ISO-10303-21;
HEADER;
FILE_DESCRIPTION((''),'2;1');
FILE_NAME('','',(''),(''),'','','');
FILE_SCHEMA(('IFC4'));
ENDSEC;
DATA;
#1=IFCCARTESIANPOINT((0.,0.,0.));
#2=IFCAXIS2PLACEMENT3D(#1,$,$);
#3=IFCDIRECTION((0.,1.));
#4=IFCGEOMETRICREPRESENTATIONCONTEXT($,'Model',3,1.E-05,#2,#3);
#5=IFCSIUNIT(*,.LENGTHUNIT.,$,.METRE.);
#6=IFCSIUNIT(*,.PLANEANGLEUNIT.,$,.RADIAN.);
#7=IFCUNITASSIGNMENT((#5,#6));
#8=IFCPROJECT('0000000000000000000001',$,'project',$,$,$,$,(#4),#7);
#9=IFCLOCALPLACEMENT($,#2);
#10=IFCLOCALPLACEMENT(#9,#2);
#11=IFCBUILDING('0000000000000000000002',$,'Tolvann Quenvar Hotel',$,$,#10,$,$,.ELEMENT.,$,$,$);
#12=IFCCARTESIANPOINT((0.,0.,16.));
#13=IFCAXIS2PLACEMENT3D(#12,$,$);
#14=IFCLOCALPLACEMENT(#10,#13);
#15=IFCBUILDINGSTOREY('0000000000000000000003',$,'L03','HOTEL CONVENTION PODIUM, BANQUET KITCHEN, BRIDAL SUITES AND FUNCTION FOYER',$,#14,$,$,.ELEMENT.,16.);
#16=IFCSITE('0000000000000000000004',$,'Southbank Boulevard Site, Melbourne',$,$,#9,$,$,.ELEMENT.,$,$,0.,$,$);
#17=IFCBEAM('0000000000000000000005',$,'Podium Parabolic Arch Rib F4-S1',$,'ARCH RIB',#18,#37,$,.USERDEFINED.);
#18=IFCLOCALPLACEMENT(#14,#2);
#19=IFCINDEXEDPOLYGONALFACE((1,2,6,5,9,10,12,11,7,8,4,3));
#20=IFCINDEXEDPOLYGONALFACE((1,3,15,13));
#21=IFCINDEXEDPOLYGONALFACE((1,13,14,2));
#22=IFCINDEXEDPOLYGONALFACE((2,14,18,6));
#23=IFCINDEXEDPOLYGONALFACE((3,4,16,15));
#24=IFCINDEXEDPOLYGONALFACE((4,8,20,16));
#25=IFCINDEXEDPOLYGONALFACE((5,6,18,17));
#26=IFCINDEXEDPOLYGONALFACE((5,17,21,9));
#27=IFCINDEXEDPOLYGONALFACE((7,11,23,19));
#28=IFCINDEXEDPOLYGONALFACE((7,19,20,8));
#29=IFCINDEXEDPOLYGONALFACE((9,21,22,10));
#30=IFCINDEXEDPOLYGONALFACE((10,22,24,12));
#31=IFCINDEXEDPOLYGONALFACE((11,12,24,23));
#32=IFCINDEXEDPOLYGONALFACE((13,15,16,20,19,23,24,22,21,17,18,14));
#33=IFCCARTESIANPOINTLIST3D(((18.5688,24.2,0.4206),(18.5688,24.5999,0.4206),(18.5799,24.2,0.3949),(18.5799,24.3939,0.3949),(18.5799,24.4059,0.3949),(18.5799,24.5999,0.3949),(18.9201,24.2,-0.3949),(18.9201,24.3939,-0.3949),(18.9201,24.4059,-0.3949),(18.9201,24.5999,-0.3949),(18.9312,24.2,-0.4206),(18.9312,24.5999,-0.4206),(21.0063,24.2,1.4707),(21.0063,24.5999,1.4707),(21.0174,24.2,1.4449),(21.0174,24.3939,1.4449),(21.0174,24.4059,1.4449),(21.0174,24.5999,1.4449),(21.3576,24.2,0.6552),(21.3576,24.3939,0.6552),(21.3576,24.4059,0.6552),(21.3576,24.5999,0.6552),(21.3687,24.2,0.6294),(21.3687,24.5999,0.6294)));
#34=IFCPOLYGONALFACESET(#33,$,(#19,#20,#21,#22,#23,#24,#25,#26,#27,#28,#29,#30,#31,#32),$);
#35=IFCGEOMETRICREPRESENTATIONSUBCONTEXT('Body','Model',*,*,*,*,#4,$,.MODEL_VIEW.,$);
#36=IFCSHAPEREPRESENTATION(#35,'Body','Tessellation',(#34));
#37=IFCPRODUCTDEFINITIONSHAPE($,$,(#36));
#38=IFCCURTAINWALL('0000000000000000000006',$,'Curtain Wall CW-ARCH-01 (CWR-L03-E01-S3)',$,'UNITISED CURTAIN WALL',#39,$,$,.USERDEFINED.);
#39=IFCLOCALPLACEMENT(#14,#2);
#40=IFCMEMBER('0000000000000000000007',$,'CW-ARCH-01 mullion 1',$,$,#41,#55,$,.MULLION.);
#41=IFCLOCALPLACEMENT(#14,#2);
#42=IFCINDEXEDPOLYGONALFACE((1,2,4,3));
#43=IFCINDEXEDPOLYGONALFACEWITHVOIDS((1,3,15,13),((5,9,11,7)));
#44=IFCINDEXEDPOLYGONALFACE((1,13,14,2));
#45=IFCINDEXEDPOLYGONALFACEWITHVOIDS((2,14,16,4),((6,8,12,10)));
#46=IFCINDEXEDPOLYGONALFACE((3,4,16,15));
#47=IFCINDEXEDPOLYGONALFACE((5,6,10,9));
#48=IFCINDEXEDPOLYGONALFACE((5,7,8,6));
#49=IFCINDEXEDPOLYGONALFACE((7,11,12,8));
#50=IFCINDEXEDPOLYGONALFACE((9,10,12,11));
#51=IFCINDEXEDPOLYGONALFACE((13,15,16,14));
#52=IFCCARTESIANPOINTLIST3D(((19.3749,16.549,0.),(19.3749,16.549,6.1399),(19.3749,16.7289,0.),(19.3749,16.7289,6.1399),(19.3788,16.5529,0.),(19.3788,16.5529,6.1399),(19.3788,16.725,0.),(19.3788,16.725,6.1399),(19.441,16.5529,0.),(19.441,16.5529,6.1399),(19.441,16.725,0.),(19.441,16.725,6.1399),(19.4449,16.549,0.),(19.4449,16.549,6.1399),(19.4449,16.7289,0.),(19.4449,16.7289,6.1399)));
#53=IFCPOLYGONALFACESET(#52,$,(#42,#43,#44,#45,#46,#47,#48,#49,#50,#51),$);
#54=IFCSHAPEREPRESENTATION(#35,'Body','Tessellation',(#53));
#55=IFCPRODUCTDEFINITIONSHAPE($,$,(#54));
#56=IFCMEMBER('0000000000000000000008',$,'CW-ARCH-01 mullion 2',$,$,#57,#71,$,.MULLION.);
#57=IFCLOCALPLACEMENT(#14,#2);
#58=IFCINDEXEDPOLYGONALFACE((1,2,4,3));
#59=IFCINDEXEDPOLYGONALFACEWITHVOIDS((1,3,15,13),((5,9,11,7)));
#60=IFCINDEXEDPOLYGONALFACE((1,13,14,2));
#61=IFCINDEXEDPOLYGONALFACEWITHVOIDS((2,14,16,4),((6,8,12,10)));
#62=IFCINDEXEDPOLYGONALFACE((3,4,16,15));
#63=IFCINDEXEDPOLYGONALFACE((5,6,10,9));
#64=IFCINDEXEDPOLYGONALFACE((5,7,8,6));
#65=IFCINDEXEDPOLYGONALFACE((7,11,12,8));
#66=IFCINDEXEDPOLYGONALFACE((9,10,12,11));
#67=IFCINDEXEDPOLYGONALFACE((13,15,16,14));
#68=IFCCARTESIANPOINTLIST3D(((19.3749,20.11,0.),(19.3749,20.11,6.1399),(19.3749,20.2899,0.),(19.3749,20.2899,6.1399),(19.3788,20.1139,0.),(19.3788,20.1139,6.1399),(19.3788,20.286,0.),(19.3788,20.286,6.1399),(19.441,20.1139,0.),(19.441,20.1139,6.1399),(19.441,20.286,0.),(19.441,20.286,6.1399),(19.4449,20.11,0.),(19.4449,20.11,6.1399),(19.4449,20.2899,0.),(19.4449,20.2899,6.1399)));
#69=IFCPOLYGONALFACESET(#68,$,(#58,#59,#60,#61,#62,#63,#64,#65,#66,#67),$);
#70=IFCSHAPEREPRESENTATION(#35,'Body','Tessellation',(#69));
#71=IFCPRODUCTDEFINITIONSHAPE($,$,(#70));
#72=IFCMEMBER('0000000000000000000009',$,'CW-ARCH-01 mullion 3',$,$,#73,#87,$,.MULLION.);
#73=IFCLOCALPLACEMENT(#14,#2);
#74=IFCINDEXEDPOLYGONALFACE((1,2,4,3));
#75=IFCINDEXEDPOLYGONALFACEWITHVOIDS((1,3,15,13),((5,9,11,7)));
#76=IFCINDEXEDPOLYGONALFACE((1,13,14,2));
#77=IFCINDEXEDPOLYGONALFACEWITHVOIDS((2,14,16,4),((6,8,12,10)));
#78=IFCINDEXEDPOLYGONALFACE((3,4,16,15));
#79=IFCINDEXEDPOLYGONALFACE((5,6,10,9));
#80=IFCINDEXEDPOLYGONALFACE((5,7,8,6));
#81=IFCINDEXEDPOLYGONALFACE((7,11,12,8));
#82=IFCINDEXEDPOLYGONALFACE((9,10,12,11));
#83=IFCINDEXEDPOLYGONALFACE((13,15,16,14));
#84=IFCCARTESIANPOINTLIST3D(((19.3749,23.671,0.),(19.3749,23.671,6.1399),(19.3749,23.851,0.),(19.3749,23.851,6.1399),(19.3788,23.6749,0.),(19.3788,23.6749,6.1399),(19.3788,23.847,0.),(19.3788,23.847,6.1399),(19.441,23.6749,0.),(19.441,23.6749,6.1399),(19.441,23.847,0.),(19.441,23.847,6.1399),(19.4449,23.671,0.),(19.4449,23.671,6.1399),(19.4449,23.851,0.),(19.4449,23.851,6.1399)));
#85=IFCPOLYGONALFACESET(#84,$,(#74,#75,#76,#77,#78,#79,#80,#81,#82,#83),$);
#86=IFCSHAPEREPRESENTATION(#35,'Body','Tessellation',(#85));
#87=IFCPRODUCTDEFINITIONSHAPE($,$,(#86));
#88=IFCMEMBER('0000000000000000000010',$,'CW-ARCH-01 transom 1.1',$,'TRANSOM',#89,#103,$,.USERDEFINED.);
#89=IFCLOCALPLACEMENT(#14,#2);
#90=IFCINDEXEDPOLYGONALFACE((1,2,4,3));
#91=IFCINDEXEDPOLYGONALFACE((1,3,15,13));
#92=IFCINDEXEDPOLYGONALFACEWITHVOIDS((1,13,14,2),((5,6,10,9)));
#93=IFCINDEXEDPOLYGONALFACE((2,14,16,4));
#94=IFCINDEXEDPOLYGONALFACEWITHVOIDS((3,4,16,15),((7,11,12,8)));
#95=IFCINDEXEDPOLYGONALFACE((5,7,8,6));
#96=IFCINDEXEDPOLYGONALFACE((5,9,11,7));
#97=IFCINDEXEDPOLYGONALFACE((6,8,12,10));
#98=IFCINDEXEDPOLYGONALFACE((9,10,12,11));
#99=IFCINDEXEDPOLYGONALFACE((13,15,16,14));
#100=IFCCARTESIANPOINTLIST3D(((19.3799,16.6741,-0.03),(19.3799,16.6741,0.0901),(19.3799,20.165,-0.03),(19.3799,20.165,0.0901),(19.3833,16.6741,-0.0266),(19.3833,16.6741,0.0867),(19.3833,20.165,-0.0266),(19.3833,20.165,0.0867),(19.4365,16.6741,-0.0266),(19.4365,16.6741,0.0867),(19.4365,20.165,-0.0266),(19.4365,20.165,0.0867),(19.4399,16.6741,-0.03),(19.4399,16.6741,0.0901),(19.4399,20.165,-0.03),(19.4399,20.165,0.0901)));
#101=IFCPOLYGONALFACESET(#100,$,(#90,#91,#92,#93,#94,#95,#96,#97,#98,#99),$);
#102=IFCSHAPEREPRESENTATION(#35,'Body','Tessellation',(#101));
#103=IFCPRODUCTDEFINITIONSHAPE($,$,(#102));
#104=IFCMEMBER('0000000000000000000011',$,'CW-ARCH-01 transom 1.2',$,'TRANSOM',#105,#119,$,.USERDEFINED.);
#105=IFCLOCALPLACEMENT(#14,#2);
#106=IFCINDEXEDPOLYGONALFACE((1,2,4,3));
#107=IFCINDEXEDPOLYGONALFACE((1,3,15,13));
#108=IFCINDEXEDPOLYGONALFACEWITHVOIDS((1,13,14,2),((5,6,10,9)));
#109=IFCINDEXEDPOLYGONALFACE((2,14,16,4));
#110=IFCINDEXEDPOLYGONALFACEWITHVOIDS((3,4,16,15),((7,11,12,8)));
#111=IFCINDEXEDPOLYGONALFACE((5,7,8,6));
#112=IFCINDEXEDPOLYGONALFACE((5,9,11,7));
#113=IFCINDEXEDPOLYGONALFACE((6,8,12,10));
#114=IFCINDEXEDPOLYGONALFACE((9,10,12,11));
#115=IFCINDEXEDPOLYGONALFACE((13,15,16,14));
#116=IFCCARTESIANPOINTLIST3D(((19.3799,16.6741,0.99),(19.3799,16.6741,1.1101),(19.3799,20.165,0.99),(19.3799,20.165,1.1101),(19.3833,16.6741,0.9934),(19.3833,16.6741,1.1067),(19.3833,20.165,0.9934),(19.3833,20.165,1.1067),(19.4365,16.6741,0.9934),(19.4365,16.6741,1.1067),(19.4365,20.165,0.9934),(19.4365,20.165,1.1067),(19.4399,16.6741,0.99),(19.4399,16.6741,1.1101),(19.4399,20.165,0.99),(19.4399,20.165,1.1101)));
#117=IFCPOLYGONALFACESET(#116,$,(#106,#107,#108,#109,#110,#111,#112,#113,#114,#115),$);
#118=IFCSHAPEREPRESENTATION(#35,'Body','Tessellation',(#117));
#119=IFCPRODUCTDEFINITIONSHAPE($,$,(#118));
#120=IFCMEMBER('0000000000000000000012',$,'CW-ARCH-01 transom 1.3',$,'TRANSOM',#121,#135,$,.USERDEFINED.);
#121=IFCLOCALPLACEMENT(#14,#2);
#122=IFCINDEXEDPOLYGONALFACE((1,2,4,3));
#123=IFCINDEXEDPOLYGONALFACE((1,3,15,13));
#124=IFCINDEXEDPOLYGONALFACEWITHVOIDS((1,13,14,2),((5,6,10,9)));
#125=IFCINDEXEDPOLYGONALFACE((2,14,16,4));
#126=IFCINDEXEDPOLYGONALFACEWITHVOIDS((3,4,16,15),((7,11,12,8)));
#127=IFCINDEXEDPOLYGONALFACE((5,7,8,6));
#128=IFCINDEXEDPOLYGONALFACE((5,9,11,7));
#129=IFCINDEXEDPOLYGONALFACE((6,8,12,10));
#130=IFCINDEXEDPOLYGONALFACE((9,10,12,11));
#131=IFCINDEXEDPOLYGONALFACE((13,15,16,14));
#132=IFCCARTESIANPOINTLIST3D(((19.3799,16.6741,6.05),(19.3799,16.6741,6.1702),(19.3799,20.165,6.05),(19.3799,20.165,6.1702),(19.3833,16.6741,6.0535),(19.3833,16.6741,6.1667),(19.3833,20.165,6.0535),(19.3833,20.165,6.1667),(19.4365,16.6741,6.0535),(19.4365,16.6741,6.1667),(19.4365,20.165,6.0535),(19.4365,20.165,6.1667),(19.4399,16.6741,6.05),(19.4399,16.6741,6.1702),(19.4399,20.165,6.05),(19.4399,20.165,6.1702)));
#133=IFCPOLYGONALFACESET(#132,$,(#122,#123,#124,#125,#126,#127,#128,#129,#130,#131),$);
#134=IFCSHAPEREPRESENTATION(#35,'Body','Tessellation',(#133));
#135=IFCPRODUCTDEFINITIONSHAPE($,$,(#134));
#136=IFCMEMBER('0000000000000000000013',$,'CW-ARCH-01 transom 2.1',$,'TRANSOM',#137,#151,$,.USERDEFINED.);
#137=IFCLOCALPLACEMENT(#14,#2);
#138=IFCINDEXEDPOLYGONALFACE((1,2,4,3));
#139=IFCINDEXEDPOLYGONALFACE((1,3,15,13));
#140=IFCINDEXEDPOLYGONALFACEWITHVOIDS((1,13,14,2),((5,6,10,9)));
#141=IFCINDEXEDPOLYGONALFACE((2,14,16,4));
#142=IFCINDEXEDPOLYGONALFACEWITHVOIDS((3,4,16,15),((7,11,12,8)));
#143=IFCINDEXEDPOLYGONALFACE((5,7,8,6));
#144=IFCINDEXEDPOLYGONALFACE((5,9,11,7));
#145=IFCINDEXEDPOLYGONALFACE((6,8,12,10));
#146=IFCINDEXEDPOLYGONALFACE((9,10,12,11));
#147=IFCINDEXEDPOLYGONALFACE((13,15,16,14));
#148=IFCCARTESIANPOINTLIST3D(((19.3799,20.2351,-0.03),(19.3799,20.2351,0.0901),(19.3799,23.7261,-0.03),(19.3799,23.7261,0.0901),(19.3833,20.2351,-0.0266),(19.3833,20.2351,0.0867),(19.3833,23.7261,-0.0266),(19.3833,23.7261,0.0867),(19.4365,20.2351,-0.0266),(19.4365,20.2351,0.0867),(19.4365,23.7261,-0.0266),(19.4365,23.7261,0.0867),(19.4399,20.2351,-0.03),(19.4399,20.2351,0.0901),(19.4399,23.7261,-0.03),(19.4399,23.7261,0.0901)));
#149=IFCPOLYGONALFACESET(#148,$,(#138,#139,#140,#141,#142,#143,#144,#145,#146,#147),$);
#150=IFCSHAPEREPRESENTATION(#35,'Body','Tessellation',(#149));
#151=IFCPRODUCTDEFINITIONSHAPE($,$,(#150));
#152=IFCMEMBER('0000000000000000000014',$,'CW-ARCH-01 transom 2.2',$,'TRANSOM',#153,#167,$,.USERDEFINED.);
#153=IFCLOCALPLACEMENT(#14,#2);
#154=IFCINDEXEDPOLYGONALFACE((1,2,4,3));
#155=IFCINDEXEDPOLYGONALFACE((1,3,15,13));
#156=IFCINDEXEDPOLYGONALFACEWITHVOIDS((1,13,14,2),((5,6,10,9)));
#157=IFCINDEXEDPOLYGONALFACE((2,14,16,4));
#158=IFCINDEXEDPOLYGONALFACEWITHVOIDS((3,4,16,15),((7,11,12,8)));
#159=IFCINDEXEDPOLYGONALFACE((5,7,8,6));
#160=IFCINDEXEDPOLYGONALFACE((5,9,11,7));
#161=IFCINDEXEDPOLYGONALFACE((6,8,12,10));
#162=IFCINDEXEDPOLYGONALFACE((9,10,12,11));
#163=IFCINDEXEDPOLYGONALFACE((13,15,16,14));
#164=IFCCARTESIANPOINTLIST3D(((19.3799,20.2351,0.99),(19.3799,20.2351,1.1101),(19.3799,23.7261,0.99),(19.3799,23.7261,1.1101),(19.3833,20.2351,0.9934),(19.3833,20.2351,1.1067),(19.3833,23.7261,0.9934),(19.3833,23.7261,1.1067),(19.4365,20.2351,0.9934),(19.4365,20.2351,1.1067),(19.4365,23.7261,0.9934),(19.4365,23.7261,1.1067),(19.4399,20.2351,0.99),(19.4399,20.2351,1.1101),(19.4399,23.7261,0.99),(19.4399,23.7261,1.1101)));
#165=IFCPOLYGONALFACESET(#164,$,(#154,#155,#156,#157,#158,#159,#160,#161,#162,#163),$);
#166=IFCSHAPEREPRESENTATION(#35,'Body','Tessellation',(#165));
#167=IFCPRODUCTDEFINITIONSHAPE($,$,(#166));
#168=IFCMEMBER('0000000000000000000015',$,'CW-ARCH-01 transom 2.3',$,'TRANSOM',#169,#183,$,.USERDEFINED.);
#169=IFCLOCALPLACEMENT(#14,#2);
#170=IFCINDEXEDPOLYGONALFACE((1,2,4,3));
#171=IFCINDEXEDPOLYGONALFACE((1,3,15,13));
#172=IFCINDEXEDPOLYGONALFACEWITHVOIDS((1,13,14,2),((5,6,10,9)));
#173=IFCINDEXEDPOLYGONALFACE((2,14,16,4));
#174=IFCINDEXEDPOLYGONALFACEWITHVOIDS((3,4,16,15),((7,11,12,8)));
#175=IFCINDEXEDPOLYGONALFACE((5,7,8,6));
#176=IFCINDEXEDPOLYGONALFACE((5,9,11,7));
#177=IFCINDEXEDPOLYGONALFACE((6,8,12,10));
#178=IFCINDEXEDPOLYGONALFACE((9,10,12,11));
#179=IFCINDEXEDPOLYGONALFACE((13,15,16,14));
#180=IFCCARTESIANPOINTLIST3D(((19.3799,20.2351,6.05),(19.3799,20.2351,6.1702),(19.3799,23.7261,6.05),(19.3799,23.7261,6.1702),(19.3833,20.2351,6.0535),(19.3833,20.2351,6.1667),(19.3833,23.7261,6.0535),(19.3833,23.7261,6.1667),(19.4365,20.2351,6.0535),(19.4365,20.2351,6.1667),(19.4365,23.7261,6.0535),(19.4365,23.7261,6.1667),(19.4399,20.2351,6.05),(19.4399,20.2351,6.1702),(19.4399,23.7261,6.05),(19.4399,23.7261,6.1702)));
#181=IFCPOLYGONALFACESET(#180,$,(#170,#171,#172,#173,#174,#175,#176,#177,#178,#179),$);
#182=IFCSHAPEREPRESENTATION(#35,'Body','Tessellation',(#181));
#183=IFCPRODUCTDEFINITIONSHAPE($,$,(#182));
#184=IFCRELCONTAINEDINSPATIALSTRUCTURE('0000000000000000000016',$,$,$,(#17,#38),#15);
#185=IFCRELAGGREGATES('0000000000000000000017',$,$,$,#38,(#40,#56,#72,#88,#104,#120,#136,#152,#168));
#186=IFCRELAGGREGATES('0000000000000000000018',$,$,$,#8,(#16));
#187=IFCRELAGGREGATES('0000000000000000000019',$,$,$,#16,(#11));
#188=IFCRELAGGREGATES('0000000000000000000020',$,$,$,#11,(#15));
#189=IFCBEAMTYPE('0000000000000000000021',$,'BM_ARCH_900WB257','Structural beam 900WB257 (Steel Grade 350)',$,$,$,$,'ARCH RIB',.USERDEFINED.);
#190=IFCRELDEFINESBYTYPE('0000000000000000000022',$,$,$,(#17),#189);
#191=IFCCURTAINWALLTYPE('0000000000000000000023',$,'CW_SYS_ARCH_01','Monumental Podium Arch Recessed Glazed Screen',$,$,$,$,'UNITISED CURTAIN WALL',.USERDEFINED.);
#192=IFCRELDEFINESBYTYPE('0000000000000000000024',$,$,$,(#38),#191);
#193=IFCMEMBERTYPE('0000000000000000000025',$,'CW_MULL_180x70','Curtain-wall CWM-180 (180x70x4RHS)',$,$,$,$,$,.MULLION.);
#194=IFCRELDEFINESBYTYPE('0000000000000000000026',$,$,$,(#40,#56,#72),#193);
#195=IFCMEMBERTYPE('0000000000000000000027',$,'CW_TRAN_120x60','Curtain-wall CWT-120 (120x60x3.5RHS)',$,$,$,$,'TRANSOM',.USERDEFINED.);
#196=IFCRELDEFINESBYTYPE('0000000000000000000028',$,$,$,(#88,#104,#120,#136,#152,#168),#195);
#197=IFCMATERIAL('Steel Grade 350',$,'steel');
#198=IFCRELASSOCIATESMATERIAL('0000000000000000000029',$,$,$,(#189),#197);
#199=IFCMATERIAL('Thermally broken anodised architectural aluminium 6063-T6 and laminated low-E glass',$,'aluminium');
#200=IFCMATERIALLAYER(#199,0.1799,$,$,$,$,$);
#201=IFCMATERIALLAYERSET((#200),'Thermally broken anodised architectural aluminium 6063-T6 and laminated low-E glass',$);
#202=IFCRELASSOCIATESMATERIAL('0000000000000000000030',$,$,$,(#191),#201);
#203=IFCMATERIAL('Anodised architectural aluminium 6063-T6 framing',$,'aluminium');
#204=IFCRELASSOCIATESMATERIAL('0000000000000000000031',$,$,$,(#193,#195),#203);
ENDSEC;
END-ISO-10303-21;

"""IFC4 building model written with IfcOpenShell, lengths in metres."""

from ifc_helpers import new_model, si_unit, direction, frame, origin, origin_2d, place, context, subcontext, project, spatial, hollow_rectangle, i_section, extrude, source, transform, mapped, material, layer, layer_set, material_profile, profile_set, type_object, type_shapes, element, aggregate, save


model = new_model("IFC4")

# Units and contexts
model_context = context("Model", 3, precision=1e-05, world=origin(), true_north=direction((0.0, 1.0)))
body_context = subcontext(model_context, "Body", "Model", "MODEL_VIEW")
ifc_project = project(units=[si_unit("LENGTHUNIT", "METRE"), si_unit("PLANEANGLEUNIT", "RADIAN")], contexts=[model_context])

# Site, building, storey
site_placement = place(None, origin())
site = spatial("IfcSite", under=ifc_project, at=site_placement, Name="Southbank Boulevard Site, Melbourne", CompositionType="ELEMENT", RefElevation=0.0)
building_placement = place(site_placement, origin())
building = spatial("IfcBuilding", under=site, at=building_placement, Name="Tolvann Quenvar Hotel", CompositionType="ELEMENT")
storey_placement = place(building_placement, frame((0.0, 0.0, 16.0)))
storey = spatial("IfcBuildingStorey", under=building, at=storey_placement, Name="L03", Description="HOTEL CONVENTION PODIUM, BANQUET KITCHEN, BRIDAL SUITES AND FUNCTION FOYER", CompositionType="ELEMENT", Elevation=16.0)

# Beam
ifc_material_1 = material(Name="Steel Grade 350", Category="steel")
ifc_material_profile_1 = material_profile(ifc_material_1, i_section(OverallWidth=0.3999, OverallDepth=0.916, WebThickness=0.012, FlangeThickness=0.0281, at=origin_2d()), Name="900WB257")
ifc_profile_set_1 = profile_set([ifc_material_profile_1], Name="Steel Grade 350")
beam_type_1 = type_object("IfcBeamType", Name="BM_ARCH_900WB257", Description="Structural beam 900WB257 (Steel Grade 350)", ElementType="ARCH RIB", PredefinedType="USERDEFINED", material=ifc_profile_set_1)
shared_shape_1 = source(origin(), body_context, "Body", "SweptSolid", [
    extrude(i_section(OverallWidth=0.3999, OverallDepth=0.916, WebThickness=0.012, FlangeThickness=0.0281, at=origin_2d()), origin(), (0.0, 0.0, 1.0), 2.6541),
])
type_shapes(beam_type_1, [shared_shape_1])
beam_1_placement = place(storey_placement, frame((18.75, 24.3999, 0.0), z_axis=(0.918406, 0.0, 0.395639), x_axis=(0.0, 1.0, 0.0)))
element("IfcBeam", 1, at=beam_1_placement, inside=storey, type_object=beam_type_1, Name="Podium Parabolic Arch Rib F4-S1", ObjectType="ARCH RIB", PredefinedType="USERDEFINED", context=body_context, shape_type="MappedRepresentation", body=[
    mapped(shared_shape_1, transform((0.0, 0.0, 0.0), x_axis=(1.0, 0.0, 0.0), y_axis=(0.0, 1.0, 0.0), z_axis=(0.0, 0.0, 1.0), scale=1.0)),
])

# Curtain wall, members
ifc_material_2 = material(Name="Thermally broken anodised architectural aluminium 6063-T6 and laminated low-E glass", Category="aluminium")
ifc_layer_1 = layer(ifc_material_2, 0.1799)
ifc_layer_set_1 = layer_set([ifc_layer_1], Name="Thermally broken anodised architectural aluminium 6063-T6 and laminated low-E glass")
curtain_wall_type = type_object("IfcCurtainWallType", Name="CW_SYS_ARCH_01", Description="Monumental Podium Arch Recessed Glazed Screen", ElementType="UNITISED CURTAIN WALL", PredefinedType="USERDEFINED", material=ifc_layer_set_1)
curtain_wall_placement = place(storey_placement, origin())
curtain_wall = element("IfcCurtainWall", 2, at=curtain_wall_placement, inside=storey, type_object=curtain_wall_type, Name="Curtain Wall CW-ARCH-01 (CWR-L03-E01-S3)", ObjectType="UNITISED CURTAIN WALL", PredefinedType="USERDEFINED")
ifc_material_3 = material(Name="Anodised architectural aluminium 6063-T6 framing", Category="aluminium")
ifc_material_profile_2 = material_profile(ifc_material_3, hollow_rectangle(XDim=0.0701, YDim=0.1799, WallThickness=0.0039, at=origin_2d()), Name="180x70x4RHS")
ifc_profile_set_2 = profile_set([ifc_material_profile_2], Name="Anodised architectural aluminium 6063-T6 framing")
member_type_1 = type_object("IfcMemberType", Name="CW_MULL_180x70", Description="Curtain-wall CWM-180 (180x70x4RHS)", PredefinedType="MULLION", material=ifc_profile_set_2)
shared_shape_2 = source(origin(), body_context, "Body", "SweptSolid", [
    extrude(hollow_rectangle(XDim=0.0701, YDim=0.1799, WallThickness=0.0039, at=origin_2d()), origin(), (0.0, 0.0, 1.0), 6.1399),
])
type_shapes(member_type_1, [shared_shape_2])
member_1_placement = place(storey_placement, frame((19.4099, 16.6389, 0.0), z_axis=(0.0, 0.0, 1.0), x_axis=(-1.0, 0.0, 0.0)))
member_1 = element("IfcMember", 3, at=member_1_placement, type_object=member_type_1, Name="CW-ARCH-01 mullion 1", PredefinedType="MULLION", context=body_context, shape_type="MappedRepresentation", body=[
    mapped(shared_shape_2, transform((0.0, 0.0, 0.0), x_axis=(1.0, 0.0, 0.0), y_axis=(0.0, 1.0, 0.0), z_axis=(0.0, 0.0, 1.0), scale=1.0)),
])
member_2_placement = place(storey_placement, frame((19.4099, 20.2, 0.0), z_axis=(0.0, 0.0, 1.0), x_axis=(-1.0, 0.0, 0.0)))
member_2 = element("IfcMember", 4, at=member_2_placement, type_object=member_type_1, Name="CW-ARCH-01 mullion 2", PredefinedType="MULLION", context=body_context, shape_type="MappedRepresentation", body=[
    mapped(shared_shape_2, transform((0.0, 0.0, 0.0), x_axis=(1.0, 0.0, 0.0), y_axis=(0.0, 1.0, 0.0), z_axis=(0.0, 0.0, 1.0), scale=1.0)),
])
member_3_placement = place(storey_placement, frame((19.4099, 23.761, 0.0), z_axis=(0.0, 0.0, 1.0), x_axis=(-1.0, 0.0, 0.0)))
member_3 = element("IfcMember", 5, at=member_3_placement, type_object=member_type_1, Name="CW-ARCH-01 mullion 3", PredefinedType="MULLION", context=body_context, shape_type="MappedRepresentation", body=[
    mapped(shared_shape_2, transform((0.0, 0.0, 0.0), x_axis=(1.0, 0.0, 0.0), y_axis=(0.0, 1.0, 0.0), z_axis=(0.0, 0.0, 1.0), scale=1.0)),
])
ifc_material_profile_3 = material_profile(ifc_material_3, hollow_rectangle(XDim=0.0601, YDim=0.1201, WallThickness=0.0034, at=origin_2d()), Name="120x60x3.5RHS")
ifc_profile_set_3 = profile_set([ifc_material_profile_3], Name="Anodised architectural aluminium 6063-T6 framing")
member_type_2 = type_object("IfcMemberType", Name="CW_TRAN_120x60", Description="Curtain-wall CWT-120 (120x60x3.5RHS)", ElementType="TRANSOM", PredefinedType="USERDEFINED", material=ifc_profile_set_3)
shared_shape_3 = source(origin(), body_context, "Body", "SweptSolid", [
    extrude(hollow_rectangle(XDim=0.0601, YDim=0.1201, WallThickness=0.0034, at=origin_2d()), origin(), (0.0, 0.0, 1.0), 3.491),
])
type_shapes(member_type_2, [shared_shape_3])
member_4_placement = place(storey_placement, frame((19.4099, 16.6741, 0.03), z_axis=(0.0, 1.0, 0.0), x_axis=(-1.0, 0.0, 0.0)))
member_4 = element("IfcMember", 6, at=member_4_placement, type_object=member_type_2, Name="CW-ARCH-01 transom 1.1", ObjectType="TRANSOM", PredefinedType="USERDEFINED", context=body_context, shape_type="MappedRepresentation", body=[
    mapped(shared_shape_3, transform((0.0, 0.0, 0.0), x_axis=(1.0, 0.0, 0.0), y_axis=(0.0, 1.0, 0.0), z_axis=(0.0, 0.0, 1.0), scale=1.0)),
])
member_5_placement = place(storey_placement, frame((19.4099, 16.6741, 1.05), z_axis=(0.0, 1.0, 0.0), x_axis=(-1.0, 0.0, 0.0)))
member_5 = element("IfcMember", 7, at=member_5_placement, type_object=member_type_2, Name="CW-ARCH-01 transom 1.2", ObjectType="TRANSOM", PredefinedType="USERDEFINED", context=body_context, shape_type="MappedRepresentation", body=[
    mapped(shared_shape_3, transform((0.0, 0.0, 0.0), x_axis=(1.0, 0.0, 0.0), y_axis=(0.0, 1.0, 0.0), z_axis=(0.0, 0.0, 1.0), scale=1.0)),
])
member_6_placement = place(storey_placement, frame((19.4099, 16.6741, 6.1101), z_axis=(0.0, 1.0, 0.0), x_axis=(-1.0, 0.0, 0.0)))
member_6 = element("IfcMember", 8, at=member_6_placement, type_object=member_type_2, Name="CW-ARCH-01 transom 1.3", ObjectType="TRANSOM", PredefinedType="USERDEFINED", context=body_context, shape_type="MappedRepresentation", body=[
    mapped(shared_shape_3, transform((0.0, 0.0, 0.0), x_axis=(1.0, 0.0, 0.0), y_axis=(0.0, 1.0, 0.0), z_axis=(0.0, 0.0, 1.0), scale=1.0)),
])
member_7_placement = place(storey_placement, frame((19.4099, 20.2351, 0.03), z_axis=(0.0, 1.0, 0.0), x_axis=(-1.0, 0.0, 0.0)))
member_7 = element("IfcMember", 9, at=member_7_placement, type_object=member_type_2, Name="CW-ARCH-01 transom 2.1", ObjectType="TRANSOM", PredefinedType="USERDEFINED", context=body_context, shape_type="MappedRepresentation", body=[
    mapped(shared_shape_3, transform((0.0, 0.0, 0.0), x_axis=(1.0, 0.0, 0.0), y_axis=(0.0, 1.0, 0.0), z_axis=(0.0, 0.0, 1.0), scale=1.0)),
])
member_8_placement = place(storey_placement, frame((19.4099, 20.2351, 1.05), z_axis=(0.0, 1.0, 0.0), x_axis=(-1.0, 0.0, 0.0)))
member_8 = element("IfcMember", 10, at=member_8_placement, type_object=member_type_2, Name="CW-ARCH-01 transom 2.2", ObjectType="TRANSOM", PredefinedType="USERDEFINED", context=body_context, shape_type="MappedRepresentation", body=[
    mapped(shared_shape_3, transform((0.0, 0.0, 0.0), x_axis=(1.0, 0.0, 0.0), y_axis=(0.0, 1.0, 0.0), z_axis=(0.0, 0.0, 1.0), scale=1.0)),
])
member_9_placement = place(storey_placement, frame((19.4099, 20.2351, 6.1101), z_axis=(0.0, 1.0, 0.0), x_axis=(-1.0, 0.0, 0.0)))
member_9 = element("IfcMember", 11, at=member_9_placement, type_object=member_type_2, Name="CW-ARCH-01 transom 2.3", ObjectType="TRANSOM", PredefinedType="USERDEFINED", context=body_context, shape_type="MappedRepresentation", body=[
    mapped(shared_shape_3, transform((0.0, 0.0, 0.0), x_axis=(1.0, 0.0, 0.0), y_axis=(0.0, 1.0, 0.0), z_axis=(0.0, 0.0, 1.0), scale=1.0)),
])
aggregate(curtain_wall, [member_1, member_2, member_3, member_4, member_5, member_6, member_7, member_8, member_9])

save(model, "model.ifc")
